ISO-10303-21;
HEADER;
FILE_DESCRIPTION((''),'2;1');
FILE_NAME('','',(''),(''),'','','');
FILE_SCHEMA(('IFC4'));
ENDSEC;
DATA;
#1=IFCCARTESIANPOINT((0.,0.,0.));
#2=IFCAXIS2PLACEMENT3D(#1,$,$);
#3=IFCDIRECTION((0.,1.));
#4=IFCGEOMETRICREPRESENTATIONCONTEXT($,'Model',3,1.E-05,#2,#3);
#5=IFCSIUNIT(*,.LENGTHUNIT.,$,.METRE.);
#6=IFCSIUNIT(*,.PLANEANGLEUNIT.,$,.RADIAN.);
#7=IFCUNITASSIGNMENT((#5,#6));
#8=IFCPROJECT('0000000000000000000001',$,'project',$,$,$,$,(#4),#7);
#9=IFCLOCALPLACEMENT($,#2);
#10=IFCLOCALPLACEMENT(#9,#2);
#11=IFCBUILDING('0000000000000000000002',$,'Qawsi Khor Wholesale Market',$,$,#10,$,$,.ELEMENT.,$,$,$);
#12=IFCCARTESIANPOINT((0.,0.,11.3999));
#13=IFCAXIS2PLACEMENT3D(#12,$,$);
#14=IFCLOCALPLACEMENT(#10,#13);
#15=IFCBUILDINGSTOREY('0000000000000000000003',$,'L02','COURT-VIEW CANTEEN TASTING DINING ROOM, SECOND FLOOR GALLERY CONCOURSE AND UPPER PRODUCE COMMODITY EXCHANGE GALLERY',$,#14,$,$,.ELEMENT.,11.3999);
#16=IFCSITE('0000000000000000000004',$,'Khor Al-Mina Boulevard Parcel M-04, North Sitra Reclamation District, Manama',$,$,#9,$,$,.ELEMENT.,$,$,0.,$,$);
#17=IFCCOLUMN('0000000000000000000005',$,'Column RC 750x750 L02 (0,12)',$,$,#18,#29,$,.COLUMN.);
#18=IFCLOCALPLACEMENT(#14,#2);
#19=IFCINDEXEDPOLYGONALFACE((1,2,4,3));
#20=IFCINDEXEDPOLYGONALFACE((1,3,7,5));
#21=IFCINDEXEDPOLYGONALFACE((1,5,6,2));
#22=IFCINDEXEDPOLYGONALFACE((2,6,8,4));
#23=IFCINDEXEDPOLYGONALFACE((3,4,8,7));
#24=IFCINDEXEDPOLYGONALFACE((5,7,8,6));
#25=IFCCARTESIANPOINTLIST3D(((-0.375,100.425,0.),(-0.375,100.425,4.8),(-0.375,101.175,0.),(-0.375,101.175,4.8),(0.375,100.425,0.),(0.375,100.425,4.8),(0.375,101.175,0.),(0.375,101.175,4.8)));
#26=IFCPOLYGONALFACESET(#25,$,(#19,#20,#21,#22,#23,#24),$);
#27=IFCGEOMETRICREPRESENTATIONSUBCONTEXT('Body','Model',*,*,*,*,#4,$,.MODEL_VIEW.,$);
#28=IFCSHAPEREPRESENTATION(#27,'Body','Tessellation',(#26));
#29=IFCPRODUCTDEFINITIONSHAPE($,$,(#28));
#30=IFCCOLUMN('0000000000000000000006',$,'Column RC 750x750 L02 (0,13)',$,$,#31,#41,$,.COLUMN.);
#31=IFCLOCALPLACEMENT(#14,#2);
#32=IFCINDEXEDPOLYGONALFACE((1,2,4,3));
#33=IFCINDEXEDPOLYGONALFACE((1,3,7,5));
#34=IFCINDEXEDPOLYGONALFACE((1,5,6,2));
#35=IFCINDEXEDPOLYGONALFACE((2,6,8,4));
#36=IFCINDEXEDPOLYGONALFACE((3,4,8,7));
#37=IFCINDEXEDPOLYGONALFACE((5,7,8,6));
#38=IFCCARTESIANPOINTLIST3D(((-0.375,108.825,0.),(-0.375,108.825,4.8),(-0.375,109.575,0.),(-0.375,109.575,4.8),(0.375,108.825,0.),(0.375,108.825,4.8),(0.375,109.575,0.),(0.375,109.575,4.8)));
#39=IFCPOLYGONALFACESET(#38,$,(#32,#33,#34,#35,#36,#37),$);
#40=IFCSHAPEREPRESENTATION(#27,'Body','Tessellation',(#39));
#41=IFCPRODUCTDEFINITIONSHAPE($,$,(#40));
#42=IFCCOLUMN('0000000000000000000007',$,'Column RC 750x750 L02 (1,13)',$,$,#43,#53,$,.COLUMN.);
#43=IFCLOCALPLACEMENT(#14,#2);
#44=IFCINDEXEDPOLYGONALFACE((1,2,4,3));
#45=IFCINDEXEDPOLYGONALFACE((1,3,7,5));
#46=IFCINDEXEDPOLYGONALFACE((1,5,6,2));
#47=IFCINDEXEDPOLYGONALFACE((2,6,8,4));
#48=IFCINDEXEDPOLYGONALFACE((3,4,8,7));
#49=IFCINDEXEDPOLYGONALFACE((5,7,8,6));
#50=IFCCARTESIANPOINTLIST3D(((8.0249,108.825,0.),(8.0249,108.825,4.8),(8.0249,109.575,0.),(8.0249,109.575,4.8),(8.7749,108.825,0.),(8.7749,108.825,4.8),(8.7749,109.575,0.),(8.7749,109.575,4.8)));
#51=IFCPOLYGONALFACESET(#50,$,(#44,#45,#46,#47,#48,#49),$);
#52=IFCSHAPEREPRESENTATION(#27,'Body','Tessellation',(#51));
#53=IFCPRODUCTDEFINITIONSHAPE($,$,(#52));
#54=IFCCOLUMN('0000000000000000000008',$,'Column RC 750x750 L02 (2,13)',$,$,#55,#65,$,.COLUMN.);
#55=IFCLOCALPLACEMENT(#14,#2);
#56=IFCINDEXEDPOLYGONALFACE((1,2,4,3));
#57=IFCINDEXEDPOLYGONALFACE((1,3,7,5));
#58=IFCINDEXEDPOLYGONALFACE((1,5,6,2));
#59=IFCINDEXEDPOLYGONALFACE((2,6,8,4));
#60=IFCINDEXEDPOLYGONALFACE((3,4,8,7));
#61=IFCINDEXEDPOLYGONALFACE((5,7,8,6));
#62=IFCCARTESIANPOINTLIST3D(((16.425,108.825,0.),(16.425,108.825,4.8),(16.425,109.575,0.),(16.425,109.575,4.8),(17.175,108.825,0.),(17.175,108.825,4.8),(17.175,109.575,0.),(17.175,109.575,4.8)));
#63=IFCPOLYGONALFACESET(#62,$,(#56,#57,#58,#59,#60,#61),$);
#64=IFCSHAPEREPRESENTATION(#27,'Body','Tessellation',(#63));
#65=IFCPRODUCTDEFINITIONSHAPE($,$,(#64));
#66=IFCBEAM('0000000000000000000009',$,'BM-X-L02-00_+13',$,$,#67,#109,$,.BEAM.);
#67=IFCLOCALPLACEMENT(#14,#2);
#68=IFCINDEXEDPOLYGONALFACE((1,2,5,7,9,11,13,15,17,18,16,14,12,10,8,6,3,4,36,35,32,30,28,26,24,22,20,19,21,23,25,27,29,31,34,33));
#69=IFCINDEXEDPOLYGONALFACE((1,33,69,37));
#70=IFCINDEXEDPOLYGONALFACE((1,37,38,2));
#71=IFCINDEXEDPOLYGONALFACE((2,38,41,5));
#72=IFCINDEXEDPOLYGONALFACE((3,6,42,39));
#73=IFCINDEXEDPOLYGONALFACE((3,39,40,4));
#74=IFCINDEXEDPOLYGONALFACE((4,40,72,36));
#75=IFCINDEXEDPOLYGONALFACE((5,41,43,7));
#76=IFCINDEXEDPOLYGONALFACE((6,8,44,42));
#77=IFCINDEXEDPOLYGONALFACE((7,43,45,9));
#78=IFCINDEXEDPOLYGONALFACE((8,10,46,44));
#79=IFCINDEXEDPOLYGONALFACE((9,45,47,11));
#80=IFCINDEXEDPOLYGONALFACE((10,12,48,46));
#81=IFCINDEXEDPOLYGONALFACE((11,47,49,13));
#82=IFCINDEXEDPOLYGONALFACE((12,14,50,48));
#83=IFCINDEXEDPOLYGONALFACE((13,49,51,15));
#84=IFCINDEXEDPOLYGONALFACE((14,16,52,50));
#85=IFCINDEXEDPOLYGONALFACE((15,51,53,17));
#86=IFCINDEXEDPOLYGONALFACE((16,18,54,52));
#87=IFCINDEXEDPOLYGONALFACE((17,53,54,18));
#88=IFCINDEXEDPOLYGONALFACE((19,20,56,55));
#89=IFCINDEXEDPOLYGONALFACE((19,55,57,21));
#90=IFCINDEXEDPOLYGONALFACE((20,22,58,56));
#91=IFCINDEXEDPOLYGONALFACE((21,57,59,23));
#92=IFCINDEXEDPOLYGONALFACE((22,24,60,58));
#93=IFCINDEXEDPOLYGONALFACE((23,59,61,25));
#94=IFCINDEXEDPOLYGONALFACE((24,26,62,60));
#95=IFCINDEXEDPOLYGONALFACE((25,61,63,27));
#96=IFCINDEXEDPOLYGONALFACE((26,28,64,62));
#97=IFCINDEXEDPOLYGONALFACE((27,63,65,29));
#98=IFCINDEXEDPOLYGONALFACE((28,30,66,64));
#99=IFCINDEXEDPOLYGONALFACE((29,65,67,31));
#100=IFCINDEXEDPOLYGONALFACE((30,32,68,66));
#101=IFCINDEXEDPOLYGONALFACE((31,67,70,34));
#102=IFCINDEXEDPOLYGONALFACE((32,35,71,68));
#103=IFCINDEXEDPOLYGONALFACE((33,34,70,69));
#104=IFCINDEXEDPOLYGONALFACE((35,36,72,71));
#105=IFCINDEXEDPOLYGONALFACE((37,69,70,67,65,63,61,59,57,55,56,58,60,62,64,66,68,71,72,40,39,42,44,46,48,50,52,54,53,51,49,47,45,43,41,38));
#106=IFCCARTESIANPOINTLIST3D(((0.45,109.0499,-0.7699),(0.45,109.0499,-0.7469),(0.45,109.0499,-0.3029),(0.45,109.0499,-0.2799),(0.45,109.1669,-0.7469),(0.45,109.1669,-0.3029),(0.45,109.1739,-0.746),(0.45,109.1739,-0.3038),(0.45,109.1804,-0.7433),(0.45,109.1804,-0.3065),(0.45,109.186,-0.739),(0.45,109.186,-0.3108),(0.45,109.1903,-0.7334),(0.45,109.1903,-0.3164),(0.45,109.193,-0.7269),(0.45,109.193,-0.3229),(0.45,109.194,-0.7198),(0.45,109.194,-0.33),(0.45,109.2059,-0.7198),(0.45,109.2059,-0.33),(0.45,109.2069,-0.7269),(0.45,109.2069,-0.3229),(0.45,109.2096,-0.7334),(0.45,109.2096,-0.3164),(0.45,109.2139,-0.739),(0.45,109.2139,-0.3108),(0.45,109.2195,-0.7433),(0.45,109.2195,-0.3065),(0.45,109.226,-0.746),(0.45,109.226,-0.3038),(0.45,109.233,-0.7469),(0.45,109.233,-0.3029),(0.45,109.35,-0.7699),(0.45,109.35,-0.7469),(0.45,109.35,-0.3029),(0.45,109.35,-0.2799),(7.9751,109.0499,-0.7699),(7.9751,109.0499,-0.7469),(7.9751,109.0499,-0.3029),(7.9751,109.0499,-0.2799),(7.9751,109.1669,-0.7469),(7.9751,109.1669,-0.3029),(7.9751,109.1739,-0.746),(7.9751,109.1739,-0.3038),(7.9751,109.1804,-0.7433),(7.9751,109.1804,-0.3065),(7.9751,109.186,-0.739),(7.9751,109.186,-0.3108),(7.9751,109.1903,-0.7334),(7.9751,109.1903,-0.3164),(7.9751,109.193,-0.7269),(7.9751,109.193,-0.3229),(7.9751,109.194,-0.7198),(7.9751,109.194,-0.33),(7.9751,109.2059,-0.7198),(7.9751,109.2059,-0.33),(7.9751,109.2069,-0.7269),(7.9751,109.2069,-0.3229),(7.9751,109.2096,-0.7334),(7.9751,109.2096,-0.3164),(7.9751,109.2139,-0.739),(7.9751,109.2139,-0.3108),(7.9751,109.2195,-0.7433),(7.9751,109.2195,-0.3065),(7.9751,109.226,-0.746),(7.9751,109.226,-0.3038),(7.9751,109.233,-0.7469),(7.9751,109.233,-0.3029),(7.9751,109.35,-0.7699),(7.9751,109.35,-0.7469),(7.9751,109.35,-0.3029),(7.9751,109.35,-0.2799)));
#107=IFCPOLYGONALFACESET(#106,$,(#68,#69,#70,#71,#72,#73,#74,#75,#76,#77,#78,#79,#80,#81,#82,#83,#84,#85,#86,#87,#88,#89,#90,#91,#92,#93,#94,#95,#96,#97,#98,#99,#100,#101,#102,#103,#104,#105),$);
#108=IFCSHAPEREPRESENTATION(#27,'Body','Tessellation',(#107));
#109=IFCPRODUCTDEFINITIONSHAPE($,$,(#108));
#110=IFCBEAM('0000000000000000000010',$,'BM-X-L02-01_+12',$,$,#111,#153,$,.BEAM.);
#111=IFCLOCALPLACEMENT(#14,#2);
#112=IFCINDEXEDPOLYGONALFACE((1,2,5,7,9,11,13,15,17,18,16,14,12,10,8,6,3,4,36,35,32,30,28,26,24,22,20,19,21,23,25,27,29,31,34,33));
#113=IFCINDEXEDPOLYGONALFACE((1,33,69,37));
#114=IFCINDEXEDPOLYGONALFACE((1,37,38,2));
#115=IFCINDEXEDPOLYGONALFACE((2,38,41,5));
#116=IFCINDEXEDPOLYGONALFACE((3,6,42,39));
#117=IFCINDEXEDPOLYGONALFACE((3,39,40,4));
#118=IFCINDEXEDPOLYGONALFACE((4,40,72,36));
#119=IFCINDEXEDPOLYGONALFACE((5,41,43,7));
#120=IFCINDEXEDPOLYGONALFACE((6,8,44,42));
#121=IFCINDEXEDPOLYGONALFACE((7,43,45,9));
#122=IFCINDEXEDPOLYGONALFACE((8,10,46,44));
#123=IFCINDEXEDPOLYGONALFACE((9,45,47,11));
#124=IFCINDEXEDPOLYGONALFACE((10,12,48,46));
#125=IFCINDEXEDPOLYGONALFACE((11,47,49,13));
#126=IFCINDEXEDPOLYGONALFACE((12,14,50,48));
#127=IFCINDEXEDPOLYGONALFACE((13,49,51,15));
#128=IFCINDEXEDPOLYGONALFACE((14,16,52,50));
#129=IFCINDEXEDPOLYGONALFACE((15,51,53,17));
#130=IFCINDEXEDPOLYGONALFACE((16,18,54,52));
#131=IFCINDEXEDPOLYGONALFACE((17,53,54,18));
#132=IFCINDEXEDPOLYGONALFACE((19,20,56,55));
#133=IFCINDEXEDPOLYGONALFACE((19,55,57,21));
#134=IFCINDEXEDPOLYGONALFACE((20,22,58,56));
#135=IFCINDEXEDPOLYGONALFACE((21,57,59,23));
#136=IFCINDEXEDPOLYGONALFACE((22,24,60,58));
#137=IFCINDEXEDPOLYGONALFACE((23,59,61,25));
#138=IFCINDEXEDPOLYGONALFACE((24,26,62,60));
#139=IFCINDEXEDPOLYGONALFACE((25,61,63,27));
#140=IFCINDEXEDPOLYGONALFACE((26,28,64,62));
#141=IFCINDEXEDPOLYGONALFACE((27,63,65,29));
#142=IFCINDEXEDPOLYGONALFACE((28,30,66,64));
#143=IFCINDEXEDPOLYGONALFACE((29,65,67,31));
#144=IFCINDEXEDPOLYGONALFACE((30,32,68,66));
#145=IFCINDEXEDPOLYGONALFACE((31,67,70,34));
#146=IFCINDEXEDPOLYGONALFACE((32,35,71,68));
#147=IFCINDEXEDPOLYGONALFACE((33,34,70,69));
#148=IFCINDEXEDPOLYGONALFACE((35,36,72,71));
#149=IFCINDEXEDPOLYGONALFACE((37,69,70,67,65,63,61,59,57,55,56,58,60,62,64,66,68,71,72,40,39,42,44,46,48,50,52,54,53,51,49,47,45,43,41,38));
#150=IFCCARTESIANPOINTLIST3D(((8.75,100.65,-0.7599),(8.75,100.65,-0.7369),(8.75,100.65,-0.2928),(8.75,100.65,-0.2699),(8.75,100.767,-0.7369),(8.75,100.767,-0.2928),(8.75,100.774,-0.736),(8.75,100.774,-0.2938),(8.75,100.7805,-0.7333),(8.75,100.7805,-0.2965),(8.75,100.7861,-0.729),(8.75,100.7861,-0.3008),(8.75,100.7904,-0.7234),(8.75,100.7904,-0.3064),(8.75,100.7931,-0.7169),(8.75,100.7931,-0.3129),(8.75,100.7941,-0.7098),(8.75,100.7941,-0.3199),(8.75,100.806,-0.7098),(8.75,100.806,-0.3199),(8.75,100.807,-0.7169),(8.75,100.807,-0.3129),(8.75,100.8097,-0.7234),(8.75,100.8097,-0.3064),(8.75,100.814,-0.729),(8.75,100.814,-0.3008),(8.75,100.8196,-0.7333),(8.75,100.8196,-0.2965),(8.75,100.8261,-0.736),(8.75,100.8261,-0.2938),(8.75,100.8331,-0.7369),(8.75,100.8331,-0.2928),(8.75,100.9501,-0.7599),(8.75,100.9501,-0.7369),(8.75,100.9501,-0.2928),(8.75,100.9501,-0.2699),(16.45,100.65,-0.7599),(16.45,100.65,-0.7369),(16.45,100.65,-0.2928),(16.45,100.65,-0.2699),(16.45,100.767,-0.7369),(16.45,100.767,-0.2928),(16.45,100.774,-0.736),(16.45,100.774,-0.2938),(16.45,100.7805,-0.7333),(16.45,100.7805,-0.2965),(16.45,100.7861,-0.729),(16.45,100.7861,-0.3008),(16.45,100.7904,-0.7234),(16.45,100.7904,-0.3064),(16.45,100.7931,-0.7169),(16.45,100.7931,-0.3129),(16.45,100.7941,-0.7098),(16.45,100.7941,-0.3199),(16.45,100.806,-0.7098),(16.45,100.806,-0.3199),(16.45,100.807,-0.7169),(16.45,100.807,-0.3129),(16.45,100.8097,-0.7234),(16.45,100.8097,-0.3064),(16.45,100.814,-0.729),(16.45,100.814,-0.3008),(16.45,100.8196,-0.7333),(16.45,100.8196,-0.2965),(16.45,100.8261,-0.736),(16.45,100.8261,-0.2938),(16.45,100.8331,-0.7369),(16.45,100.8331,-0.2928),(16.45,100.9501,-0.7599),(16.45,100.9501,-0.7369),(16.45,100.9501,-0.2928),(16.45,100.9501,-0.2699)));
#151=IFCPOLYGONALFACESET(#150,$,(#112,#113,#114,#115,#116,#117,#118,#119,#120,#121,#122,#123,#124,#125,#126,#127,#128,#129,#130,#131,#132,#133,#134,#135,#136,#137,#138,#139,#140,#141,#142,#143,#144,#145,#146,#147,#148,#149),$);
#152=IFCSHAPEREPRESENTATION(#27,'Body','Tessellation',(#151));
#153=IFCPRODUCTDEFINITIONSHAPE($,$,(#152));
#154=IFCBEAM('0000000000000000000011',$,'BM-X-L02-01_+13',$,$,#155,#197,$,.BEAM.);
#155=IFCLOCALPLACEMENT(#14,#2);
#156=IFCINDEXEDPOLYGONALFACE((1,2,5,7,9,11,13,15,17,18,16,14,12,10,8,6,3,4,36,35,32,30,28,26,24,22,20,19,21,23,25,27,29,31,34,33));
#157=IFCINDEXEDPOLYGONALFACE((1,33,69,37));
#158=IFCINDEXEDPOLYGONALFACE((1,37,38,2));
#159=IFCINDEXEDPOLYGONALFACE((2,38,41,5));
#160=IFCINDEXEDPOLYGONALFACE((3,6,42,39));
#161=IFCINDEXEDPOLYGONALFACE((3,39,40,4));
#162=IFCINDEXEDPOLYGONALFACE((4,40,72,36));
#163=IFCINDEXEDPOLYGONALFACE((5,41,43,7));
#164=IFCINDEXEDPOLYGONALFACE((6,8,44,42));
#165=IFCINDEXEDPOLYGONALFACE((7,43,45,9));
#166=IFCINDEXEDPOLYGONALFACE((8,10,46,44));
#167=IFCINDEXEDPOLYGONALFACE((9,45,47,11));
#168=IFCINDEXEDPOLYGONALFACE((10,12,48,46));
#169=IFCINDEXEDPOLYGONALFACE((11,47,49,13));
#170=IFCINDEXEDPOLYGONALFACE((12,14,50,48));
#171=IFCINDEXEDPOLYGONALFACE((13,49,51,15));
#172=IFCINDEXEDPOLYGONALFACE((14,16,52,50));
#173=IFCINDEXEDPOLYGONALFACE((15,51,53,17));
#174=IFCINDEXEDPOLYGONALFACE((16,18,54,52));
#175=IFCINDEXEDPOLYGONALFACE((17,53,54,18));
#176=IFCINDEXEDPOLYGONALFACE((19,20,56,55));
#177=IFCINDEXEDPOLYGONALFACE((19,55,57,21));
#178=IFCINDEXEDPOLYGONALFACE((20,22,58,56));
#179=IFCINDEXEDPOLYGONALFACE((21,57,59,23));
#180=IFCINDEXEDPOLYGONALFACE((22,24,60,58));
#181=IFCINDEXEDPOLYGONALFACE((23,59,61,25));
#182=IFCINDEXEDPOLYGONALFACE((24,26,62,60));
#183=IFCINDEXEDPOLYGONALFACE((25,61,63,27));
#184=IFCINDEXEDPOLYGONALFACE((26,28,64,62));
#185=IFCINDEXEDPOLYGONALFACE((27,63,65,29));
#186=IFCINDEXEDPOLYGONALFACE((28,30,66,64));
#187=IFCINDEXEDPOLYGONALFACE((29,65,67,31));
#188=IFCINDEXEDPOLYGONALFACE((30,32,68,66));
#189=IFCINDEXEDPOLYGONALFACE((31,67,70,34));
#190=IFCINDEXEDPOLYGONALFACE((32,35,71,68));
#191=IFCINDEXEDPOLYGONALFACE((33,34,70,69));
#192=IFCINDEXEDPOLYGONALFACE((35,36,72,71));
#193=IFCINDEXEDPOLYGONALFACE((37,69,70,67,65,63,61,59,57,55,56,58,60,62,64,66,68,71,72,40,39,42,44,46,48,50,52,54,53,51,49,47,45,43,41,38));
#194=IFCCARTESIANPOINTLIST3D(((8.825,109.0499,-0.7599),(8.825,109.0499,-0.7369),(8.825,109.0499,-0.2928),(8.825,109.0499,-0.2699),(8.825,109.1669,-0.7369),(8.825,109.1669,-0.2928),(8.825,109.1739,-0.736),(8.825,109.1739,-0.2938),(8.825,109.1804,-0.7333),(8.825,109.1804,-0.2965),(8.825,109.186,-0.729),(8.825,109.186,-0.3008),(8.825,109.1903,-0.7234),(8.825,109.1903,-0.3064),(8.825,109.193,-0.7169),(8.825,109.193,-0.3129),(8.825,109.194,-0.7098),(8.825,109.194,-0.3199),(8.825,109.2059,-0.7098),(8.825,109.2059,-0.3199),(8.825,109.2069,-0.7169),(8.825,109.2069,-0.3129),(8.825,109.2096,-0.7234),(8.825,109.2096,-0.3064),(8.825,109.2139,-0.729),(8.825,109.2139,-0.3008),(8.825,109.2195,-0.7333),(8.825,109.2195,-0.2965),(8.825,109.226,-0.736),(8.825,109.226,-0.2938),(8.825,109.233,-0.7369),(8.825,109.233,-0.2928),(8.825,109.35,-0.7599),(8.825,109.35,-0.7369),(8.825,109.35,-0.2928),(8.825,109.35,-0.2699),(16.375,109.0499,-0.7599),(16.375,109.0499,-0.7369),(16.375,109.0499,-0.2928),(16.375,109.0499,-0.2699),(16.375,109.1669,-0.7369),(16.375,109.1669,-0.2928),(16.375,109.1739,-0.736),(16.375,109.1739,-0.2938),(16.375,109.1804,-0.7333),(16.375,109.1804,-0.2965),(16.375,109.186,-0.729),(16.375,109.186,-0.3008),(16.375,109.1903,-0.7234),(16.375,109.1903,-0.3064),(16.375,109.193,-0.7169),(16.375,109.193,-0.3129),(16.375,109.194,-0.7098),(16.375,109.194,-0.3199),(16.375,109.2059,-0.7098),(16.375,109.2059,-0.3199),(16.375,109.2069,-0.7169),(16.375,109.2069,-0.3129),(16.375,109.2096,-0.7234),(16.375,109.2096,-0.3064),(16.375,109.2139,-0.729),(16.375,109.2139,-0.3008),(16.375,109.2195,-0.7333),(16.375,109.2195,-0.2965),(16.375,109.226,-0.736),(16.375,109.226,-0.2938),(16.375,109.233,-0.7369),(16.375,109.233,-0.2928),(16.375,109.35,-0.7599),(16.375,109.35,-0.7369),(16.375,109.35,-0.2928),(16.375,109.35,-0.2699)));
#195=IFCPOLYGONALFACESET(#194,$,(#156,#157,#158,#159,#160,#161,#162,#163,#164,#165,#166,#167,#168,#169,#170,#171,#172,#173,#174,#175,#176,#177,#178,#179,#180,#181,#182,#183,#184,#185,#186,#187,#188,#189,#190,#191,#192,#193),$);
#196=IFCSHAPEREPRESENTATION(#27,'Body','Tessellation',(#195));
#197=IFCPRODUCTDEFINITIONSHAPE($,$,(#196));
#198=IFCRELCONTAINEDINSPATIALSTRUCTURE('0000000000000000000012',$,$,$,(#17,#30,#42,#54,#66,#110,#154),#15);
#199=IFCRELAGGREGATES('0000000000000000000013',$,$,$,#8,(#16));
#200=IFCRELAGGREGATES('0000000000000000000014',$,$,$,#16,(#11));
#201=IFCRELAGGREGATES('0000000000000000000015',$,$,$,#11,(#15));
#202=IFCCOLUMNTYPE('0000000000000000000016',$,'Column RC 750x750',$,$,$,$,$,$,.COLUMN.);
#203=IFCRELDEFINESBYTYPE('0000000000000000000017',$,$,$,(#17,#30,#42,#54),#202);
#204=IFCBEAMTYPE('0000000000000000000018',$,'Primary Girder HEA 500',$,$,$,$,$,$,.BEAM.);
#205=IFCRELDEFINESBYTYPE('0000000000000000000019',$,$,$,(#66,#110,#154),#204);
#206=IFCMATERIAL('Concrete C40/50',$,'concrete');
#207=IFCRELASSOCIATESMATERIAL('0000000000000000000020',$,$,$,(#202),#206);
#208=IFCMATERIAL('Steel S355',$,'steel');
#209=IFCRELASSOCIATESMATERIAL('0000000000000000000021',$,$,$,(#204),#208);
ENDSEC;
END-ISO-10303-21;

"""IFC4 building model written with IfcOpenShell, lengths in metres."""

from ifc_helpers import new_model, si_unit, direction, frame, origin, origin_2d, place, context, subcontext, project, spatial, rectangle, i_section, extrude, material, material_profile, profile_set, type_object, element, save


model = new_model("IFC4")

# Units and contexts
model_context = context("Model", 3, precision=1e-05, world=origin(), true_north=direction((0.0, 1.0)))
body_context = subcontext(model_context, "Body", "Model", "MODEL_VIEW")
ifc_project = project(units=[si_unit("LENGTHUNIT", "METRE"), si_unit("PLANEANGLEUNIT", "RADIAN")], contexts=[model_context])

# Site, building, storey
site_placement = place(None, origin())
site = spatial("IfcSite", under=ifc_project, at=site_placement, Name="Khor Al-Mina Boulevard Parcel M-04, North Sitra Reclamation District, Manama", CompositionType="ELEMENT", RefElevation=0.0)
building_placement = place(site_placement, origin())
building = spatial("IfcBuilding", under=site, at=building_placement, Name="Qawsi Khor Wholesale Market", CompositionType="ELEMENT")
storey_placement = place(building_placement, frame((0.0, 0.0, 11.3999)))
storey = spatial("IfcBuildingStorey", under=building, at=storey_placement, Name="L02", Description="COURT-VIEW CANTEEN TASTING DINING ROOM, SECOND FLOOR GALLERY CONCOURSE AND UPPER PRODUCE COMMODITY EXCHANGE GALLERY", CompositionType="ELEMENT", Elevation=11.3999)

# Columns
ifc_material_1 = material(Name="Concrete C40/50", Category="concrete")
ifc_material_profile_1 = material_profile(ifc_material_1, rectangle(XDim=0.75, YDim=0.75, at=origin_2d()), Name="RC 750x750")
ifc_profile_set_1 = profile_set([ifc_material_profile_1], Name="Concrete C40/50")
column_type = type_object("IfcColumnType", Name="Column RC 750x750", PredefinedType="COLUMN", material=ifc_profile_set_1)
for number, where, z_axis, x_axis, name in (
    (1, (0.0, 100.8, 0.0), (0.0, 0.0, 1.0), (1.0, 0.0, 0.0), "Column RC 750x750 L02 (0,12)"),
    (2, (0.0, 109.2, 0.0), (0.0, 0.0, 1.0), (1.0, 0.0, 0.0), "Column RC 750x750 L02 (0,13)"),
    (3, (8.3999, 109.2, 0.0), (0.0, 0.0, 1.0), (1.0, 0.0, 0.0), "Column RC 750x750 L02 (1,13)"),
    (4, (16.8, 109.2, 0.0), (0.0, 0.0, 1.0), (1.0, 0.0, 0.0), "Column RC 750x750 L02 (2,13)"),
):
    element("IfcColumn", number, at=place(storey_placement, frame(where, z_axis=z_axis, x_axis=x_axis)), inside=storey, type_object=column_type, Name=name, PredefinedType="COLUMN", context=body_context, shape_type="SweptSolid", body=[
        extrude(rectangle(XDim=0.75, YDim=0.75, at=origin_2d()), origin(), (0.0, 0.0, 1.0), 4.8),
    ])

# Beams
ifc_material_2 = material(Name="Steel S355", Category="steel")
ifc_material_profile_2 = material_profile(ifc_material_2, i_section(OverallWidth=0.3, OverallDepth=0.49, WebThickness=0.012, FlangeThickness=0.0229, FilletRadius=0.0271, at=origin_2d()), Name="HEA 500")
ifc_profile_set_2 = profile_set([ifc_material_profile_2], Name="Steel S355")
beam_type_1 = type_object("IfcBeamType", Name="Primary Girder HEA 500", PredefinedType="BEAM", material=ifc_profile_set_2)
beam_1_placement = place(storey_placement, frame((0.45, 109.2, -0.5249), z_axis=(1.0, 0.0, 0.0), x_axis=(0.0, 1.0, 0.0)))
element("IfcBeam", 5, at=beam_1_placement, inside=storey, type_object=beam_type_1, Name="BM-X-L02-00_+13", PredefinedType="BEAM", context=body_context, shape_type="SweptSolid", body=[
    extrude(i_section(OverallWidth=0.3, OverallDepth=0.49, WebThickness=0.012, FlangeThickness=0.0229, FilletRadius=0.0271, at=origin_2d()), origin(), (0.0, 0.0, 1.0), 7.5251),
])
beam_2_placement = place(storey_placement, frame((8.75, 100.8, -0.5149), z_axis=(1.0, 0.0, 0.0), x_axis=(0.0, 1.0, 0.0)))
element("IfcBeam", 6, at=beam_2_placement, inside=storey, type_object=beam_type_1, Name="BM-X-L02-01_+12", PredefinedType="BEAM", context=body_context, shape_type="SweptSolid", body=[
    extrude(i_section(OverallWidth=0.3, OverallDepth=0.49, WebThickness=0.012, FlangeThickness=0.0229, FilletRadius=0.0271, at=origin_2d()), origin(), (0.0, 0.0, 1.0), 7.7),
])
beam_3_placement = place(storey_placement, frame((8.825, 109.2, -0.5149), z_axis=(1.0, 0.0, 0.0), x_axis=(0.0, 1.0, 0.0)))
element("IfcBeam", 7, at=beam_3_placement, inside=storey, type_object=beam_type_1, Name="BM-X-L02-01_+13", PredefinedType="BEAM", context=body_context, shape_type="SweptSolid", body=[
    extrude(i_section(OverallWidth=0.3, OverallDepth=0.49, WebThickness=0.012, FlangeThickness=0.0229, FilletRadius=0.0271, at=origin_2d()), origin(), (0.0, 0.0, 1.0), 7.55),
])

save(model, "model.ifc")
